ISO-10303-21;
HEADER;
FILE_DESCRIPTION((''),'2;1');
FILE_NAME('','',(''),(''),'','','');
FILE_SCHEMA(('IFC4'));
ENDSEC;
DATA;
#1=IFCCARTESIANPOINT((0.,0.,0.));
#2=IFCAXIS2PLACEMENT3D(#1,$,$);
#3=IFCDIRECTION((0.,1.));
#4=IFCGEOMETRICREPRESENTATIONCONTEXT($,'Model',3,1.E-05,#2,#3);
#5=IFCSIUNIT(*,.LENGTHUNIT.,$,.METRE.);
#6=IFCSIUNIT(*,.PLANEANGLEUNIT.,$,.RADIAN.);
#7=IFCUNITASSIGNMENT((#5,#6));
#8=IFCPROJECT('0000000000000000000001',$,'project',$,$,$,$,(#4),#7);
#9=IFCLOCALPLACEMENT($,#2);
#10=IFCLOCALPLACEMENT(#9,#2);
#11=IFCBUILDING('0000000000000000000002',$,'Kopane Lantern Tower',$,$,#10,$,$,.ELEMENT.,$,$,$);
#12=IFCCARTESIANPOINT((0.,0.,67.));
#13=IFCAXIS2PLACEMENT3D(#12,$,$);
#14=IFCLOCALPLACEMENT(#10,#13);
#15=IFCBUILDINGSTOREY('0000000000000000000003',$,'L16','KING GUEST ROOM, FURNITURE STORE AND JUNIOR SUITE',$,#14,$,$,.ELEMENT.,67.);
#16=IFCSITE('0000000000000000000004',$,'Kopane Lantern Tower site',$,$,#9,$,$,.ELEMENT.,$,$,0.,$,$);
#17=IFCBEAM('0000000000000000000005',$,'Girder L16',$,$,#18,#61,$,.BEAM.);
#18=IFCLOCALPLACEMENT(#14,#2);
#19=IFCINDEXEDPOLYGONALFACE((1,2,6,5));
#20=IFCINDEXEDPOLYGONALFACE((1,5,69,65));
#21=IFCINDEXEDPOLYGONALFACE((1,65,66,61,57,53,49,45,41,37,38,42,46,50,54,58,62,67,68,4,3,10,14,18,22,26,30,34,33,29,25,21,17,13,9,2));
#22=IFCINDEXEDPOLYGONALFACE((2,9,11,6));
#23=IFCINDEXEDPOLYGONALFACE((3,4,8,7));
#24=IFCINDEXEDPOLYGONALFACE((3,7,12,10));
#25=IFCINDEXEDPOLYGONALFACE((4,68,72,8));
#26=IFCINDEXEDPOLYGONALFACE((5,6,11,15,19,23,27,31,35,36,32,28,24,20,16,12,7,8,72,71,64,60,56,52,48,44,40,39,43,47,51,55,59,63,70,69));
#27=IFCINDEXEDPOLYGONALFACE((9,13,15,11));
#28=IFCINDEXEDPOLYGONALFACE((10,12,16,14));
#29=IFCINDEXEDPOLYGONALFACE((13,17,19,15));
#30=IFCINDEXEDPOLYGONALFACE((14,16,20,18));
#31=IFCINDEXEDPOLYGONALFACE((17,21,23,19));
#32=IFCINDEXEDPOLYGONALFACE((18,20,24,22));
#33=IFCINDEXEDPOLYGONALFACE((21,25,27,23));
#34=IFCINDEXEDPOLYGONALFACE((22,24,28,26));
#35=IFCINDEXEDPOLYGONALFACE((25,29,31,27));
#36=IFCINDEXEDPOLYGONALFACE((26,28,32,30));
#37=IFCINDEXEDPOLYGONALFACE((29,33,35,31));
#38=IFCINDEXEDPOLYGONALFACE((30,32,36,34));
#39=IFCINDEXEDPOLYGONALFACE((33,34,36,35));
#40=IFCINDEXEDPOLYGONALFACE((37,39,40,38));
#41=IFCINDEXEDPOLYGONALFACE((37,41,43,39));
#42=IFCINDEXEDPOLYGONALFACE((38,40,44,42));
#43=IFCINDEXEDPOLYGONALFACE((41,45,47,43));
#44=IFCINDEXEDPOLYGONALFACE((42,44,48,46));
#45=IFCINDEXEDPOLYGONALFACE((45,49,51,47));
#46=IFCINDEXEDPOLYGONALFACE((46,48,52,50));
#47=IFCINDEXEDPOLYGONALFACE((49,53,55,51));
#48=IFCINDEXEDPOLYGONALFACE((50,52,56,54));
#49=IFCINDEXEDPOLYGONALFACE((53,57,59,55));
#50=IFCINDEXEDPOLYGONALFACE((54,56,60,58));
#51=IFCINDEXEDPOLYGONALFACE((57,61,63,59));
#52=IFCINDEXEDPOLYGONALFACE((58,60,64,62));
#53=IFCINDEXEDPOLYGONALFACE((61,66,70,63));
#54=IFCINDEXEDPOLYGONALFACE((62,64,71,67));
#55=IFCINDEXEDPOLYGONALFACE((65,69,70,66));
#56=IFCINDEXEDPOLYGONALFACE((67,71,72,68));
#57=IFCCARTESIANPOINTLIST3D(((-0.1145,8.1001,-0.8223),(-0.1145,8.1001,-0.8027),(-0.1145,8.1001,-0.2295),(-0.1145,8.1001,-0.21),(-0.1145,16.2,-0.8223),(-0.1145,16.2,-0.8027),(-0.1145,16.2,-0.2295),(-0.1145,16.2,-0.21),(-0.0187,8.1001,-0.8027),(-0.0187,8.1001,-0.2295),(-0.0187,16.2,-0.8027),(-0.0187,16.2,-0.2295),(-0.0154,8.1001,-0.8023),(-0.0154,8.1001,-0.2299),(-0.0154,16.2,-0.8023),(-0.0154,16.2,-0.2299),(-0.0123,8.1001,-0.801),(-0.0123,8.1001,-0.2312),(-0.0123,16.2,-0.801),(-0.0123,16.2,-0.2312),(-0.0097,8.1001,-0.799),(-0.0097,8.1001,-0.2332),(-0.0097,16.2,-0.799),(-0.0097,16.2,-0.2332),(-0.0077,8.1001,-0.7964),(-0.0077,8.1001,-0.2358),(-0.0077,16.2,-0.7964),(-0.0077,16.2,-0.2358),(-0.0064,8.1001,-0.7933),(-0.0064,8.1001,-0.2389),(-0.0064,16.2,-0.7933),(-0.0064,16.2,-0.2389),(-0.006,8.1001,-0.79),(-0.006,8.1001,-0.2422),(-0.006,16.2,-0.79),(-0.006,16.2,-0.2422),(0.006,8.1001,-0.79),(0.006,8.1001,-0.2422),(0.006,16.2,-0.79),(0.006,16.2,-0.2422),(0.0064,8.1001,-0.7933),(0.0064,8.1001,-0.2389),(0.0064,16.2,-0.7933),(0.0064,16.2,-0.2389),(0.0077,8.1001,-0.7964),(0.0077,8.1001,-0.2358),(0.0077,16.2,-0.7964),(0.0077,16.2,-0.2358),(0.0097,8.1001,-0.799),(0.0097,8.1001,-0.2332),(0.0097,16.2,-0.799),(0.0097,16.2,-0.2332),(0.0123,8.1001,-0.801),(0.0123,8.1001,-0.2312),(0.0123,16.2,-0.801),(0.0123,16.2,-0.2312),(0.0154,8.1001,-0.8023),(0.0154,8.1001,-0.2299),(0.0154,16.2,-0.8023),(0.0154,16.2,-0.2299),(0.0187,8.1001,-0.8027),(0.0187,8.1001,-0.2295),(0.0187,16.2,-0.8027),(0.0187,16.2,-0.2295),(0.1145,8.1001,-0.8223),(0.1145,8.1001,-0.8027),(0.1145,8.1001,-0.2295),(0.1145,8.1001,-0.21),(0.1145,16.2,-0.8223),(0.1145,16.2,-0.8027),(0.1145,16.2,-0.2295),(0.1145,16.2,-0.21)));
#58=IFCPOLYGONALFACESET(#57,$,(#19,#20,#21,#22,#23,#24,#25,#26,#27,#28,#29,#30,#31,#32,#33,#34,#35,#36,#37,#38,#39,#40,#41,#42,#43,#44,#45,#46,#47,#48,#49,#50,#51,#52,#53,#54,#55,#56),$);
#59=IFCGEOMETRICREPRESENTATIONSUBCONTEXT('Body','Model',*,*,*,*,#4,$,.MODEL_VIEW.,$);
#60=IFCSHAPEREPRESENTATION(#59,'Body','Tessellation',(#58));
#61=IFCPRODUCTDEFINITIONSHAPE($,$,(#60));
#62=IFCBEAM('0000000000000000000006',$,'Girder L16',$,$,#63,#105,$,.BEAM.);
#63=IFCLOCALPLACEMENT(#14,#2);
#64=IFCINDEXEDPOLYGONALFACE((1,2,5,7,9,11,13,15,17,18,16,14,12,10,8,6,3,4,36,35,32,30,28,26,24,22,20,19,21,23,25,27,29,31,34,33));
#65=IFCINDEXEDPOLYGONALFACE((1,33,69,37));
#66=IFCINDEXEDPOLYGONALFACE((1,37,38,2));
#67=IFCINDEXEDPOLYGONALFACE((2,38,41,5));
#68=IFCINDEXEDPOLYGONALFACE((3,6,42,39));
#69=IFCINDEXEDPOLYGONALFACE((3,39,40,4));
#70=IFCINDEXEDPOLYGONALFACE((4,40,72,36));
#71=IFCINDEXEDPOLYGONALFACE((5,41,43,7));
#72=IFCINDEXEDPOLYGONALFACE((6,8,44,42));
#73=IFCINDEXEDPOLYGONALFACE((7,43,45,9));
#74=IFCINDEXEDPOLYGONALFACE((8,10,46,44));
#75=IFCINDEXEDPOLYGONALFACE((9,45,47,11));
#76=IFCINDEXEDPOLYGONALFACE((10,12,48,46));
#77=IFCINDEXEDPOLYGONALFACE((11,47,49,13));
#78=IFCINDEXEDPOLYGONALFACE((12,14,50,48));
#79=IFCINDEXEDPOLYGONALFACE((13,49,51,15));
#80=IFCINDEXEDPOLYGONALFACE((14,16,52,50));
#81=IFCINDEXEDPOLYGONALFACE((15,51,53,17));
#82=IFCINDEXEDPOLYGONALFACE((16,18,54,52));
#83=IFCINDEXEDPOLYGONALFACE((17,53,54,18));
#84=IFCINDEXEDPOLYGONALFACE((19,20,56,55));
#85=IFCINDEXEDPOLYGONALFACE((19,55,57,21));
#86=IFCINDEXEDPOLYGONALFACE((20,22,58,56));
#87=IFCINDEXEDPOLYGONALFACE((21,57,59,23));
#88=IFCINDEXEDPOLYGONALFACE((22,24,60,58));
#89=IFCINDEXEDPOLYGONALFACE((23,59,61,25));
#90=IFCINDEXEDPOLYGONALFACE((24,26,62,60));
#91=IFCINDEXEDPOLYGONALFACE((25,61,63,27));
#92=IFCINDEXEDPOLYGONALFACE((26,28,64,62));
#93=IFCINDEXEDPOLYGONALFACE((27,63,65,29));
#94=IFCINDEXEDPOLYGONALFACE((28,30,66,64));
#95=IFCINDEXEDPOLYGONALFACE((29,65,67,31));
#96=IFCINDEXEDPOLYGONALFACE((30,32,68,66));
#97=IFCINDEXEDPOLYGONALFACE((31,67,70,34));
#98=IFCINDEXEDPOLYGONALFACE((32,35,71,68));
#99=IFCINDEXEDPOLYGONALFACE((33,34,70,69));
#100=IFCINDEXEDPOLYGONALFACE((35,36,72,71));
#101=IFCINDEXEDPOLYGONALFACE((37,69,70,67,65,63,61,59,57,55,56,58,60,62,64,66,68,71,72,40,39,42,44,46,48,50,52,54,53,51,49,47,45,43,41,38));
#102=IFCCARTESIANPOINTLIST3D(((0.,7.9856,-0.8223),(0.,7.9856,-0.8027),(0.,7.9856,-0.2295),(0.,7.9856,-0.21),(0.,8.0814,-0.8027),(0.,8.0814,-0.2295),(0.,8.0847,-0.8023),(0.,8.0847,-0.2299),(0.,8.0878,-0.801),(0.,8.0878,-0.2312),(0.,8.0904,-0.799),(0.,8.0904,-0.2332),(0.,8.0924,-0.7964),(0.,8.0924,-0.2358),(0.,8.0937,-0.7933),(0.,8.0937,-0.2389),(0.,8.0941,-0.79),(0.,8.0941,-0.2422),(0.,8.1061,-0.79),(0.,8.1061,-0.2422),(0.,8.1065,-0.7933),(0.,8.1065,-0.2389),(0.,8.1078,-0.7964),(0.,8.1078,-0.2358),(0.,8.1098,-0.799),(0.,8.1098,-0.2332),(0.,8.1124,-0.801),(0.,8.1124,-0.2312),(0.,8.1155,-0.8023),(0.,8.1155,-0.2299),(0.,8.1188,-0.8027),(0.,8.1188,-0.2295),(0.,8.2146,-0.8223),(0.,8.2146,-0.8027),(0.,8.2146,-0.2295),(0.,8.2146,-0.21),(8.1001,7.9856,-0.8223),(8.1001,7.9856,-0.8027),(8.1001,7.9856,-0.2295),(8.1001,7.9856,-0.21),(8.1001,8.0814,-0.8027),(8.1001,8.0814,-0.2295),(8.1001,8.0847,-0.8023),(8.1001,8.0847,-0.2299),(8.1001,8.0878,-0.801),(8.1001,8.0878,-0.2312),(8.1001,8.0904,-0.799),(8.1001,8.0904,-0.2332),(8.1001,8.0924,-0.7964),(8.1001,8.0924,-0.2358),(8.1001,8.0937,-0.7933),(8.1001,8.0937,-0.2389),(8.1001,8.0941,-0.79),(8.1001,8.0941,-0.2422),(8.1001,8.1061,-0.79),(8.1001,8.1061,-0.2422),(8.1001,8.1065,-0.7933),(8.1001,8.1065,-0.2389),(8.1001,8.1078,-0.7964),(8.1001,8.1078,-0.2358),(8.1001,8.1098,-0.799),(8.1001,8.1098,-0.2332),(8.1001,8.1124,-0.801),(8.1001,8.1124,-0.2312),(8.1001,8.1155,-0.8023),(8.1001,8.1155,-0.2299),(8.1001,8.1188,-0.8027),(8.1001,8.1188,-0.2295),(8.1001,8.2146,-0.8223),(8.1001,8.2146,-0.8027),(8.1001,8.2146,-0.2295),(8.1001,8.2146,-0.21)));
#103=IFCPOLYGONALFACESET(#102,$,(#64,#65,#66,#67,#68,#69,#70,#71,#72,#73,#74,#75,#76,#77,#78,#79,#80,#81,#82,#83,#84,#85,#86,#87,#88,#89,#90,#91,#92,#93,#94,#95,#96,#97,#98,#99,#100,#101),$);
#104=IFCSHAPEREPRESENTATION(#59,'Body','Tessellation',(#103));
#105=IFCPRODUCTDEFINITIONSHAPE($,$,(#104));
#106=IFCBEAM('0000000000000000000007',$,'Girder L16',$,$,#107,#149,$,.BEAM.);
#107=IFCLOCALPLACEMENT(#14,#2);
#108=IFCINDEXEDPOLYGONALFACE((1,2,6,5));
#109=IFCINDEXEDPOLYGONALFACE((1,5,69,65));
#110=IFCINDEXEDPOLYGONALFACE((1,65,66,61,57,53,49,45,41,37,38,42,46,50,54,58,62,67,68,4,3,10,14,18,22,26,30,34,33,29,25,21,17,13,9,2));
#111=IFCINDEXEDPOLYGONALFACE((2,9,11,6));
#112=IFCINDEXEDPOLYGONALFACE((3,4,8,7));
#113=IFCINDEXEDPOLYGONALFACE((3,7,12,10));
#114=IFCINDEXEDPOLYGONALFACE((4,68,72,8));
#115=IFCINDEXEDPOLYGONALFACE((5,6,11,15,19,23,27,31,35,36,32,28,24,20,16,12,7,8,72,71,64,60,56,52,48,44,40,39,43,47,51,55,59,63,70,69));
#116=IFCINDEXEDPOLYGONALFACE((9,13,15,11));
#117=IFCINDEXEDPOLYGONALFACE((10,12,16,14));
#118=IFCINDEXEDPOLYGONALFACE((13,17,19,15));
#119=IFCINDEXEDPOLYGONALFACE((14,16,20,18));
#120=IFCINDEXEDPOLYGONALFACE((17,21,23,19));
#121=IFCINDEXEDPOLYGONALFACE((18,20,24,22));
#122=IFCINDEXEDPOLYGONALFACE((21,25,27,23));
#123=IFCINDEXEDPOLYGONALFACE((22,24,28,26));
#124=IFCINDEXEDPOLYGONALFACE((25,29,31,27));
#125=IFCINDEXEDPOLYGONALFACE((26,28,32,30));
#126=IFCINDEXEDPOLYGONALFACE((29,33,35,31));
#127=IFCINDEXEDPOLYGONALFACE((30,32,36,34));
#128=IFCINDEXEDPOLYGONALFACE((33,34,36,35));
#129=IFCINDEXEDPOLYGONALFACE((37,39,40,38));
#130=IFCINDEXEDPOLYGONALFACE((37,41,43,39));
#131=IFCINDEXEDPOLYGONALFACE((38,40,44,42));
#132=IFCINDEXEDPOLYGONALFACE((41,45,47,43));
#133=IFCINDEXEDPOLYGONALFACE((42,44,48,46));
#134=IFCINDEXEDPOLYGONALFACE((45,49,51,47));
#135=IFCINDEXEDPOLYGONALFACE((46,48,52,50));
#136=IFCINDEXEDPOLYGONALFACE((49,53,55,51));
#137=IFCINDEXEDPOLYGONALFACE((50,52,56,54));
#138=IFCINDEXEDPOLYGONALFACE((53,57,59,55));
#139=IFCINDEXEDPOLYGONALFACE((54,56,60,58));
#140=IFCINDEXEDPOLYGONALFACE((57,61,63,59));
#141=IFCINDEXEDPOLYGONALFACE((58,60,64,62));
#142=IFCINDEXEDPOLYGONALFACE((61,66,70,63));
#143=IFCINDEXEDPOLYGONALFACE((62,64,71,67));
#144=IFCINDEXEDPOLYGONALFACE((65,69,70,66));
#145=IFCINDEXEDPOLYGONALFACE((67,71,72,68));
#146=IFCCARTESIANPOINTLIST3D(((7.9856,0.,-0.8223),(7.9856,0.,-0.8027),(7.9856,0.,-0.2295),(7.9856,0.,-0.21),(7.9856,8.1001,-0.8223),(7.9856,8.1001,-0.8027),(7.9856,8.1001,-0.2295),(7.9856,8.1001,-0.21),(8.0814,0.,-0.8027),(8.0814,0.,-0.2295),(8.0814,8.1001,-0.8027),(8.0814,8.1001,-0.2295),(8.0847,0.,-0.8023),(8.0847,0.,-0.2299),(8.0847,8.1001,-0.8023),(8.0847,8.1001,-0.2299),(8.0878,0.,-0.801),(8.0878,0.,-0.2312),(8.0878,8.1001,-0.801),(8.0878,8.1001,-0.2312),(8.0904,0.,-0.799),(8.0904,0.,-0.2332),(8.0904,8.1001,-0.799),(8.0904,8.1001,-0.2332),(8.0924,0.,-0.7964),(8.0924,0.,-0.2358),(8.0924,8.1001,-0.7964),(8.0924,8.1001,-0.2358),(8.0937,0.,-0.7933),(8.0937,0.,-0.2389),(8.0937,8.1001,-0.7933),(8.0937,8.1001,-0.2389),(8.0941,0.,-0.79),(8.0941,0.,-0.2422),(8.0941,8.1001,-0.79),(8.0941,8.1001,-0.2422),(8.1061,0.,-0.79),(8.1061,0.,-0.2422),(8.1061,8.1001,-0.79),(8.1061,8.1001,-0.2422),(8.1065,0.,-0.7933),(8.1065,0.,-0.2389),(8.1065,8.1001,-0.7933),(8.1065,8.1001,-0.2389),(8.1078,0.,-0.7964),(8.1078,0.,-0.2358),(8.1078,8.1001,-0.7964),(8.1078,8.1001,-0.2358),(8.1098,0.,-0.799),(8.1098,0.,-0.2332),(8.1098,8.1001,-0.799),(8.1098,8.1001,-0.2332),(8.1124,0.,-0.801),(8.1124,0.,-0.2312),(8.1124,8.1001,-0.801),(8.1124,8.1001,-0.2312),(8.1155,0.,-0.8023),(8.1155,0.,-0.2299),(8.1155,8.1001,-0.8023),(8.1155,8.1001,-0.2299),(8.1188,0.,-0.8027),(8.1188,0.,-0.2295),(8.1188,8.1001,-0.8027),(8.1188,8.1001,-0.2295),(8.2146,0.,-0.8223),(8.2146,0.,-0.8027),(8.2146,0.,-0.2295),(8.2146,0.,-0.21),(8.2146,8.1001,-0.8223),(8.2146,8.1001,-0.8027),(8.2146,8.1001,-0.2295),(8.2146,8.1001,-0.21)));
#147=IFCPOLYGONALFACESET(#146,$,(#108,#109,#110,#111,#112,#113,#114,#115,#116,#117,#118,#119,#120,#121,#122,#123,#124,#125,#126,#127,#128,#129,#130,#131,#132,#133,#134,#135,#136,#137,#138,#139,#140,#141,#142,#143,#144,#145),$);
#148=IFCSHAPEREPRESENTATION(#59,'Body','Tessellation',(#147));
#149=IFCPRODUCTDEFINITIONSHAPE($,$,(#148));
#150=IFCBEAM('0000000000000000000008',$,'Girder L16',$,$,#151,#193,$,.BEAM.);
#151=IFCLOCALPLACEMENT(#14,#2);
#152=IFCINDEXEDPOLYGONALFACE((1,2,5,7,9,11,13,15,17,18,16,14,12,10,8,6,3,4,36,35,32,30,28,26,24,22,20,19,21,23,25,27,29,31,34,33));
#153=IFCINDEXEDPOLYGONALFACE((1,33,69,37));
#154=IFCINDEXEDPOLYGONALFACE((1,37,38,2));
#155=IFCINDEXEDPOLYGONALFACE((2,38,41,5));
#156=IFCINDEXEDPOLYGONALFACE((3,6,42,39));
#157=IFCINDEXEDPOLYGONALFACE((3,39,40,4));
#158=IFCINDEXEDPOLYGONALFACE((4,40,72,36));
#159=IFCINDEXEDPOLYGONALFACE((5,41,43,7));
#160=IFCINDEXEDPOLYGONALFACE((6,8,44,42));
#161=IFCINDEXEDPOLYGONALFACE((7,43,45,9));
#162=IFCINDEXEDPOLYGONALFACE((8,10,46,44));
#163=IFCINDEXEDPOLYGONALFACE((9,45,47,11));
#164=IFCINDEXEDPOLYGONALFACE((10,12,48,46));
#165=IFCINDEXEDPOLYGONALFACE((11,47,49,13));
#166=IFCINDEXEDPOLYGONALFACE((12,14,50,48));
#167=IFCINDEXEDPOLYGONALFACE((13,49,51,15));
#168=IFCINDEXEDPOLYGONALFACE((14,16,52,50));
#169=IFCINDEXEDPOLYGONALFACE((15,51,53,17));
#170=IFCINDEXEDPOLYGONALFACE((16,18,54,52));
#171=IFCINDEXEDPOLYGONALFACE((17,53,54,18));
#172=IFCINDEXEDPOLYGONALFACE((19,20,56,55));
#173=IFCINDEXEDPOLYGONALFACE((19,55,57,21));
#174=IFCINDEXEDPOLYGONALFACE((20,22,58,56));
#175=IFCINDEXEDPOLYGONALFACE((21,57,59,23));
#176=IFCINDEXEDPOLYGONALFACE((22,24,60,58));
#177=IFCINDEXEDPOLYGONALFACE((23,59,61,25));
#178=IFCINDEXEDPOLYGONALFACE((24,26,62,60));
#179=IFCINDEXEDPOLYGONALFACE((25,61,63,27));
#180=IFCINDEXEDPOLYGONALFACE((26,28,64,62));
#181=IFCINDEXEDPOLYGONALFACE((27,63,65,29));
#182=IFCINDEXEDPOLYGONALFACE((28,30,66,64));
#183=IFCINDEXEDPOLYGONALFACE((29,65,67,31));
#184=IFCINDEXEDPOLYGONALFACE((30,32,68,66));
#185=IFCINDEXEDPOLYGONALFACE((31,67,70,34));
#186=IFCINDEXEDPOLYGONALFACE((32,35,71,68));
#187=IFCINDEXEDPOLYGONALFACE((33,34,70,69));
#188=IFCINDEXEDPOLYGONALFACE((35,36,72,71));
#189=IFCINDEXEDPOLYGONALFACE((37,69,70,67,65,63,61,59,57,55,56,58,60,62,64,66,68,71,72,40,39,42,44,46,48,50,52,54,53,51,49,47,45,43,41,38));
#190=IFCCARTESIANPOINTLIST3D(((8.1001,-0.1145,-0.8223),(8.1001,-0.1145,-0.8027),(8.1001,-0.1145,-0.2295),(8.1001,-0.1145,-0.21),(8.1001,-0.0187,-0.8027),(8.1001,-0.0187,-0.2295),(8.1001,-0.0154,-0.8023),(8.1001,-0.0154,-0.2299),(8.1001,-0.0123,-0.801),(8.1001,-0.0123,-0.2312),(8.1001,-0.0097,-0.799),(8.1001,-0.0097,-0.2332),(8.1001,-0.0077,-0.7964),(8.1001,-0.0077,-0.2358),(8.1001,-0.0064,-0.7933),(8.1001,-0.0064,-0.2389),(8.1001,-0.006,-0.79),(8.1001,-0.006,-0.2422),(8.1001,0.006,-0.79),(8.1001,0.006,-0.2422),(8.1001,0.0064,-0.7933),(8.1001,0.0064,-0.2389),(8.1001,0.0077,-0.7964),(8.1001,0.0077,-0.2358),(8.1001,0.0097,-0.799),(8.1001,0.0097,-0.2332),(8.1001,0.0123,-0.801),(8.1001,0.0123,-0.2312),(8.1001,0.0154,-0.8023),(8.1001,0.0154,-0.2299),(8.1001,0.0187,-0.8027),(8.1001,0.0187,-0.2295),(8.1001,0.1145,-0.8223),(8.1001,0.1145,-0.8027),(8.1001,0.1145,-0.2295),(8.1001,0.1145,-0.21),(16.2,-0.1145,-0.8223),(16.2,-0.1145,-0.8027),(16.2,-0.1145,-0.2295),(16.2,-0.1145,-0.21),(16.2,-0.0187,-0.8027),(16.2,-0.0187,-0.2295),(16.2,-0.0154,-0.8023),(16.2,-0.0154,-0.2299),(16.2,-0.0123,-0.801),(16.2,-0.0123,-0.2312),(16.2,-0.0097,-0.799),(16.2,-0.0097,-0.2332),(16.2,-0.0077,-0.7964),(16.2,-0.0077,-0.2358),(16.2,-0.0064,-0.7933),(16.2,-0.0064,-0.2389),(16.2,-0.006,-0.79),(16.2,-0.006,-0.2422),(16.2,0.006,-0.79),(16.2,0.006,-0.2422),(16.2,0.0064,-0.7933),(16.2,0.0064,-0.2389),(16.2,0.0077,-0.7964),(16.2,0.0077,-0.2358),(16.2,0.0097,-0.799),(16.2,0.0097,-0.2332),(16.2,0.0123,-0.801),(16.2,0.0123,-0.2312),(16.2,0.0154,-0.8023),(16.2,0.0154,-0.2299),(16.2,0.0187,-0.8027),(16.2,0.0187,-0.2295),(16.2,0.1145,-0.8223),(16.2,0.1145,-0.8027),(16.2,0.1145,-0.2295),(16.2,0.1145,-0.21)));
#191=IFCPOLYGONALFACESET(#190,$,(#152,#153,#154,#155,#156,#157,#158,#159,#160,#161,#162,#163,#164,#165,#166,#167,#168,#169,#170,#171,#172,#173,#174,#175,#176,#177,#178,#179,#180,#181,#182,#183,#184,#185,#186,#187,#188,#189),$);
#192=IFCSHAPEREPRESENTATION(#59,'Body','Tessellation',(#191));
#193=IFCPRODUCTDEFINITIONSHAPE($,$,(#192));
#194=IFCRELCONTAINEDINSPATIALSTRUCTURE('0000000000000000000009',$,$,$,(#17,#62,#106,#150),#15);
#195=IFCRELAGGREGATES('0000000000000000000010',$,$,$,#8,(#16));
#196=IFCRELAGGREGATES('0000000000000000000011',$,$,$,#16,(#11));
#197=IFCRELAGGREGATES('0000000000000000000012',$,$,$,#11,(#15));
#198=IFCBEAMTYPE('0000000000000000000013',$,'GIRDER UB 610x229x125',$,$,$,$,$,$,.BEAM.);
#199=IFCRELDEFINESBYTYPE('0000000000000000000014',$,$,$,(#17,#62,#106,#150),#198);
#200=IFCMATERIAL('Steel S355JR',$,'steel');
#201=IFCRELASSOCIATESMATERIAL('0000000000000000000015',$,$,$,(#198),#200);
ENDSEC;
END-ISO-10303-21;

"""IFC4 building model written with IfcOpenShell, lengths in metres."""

from ifc_helpers import new_model, si_unit, direction, frame, origin, origin_2d, place, context, subcontext, project, spatial, i_section, extrude, material, material_profile, profile_set, type_object, element, save


model = new_model("IFC4")

# Units and contexts
model_context = context("Model", 3, precision=1e-05, world=origin(), true_north=direction((0.0, 1.0)))
body_context = subcontext(model_context, "Body", "Model", "MODEL_VIEW")
ifc_project = project(units=[si_unit("LENGTHUNIT", "METRE"), si_unit("PLANEANGLEUNIT", "RADIAN")], contexts=[model_context])

# Site, building, storey
site_placement = place(None, origin())
site = spatial("IfcSite", under=ifc_project, at=site_placement, Name="Kopane Lantern Tower site", CompositionType="ELEMENT", RefElevation=0.0)
building_placement = place(site_placement, origin())
building = spatial("IfcBuilding", under=site, at=building_placement, Name="Kopane Lantern Tower", CompositionType="ELEMENT")
storey_placement = place(building_placement, frame((0.0, 0.0, 67.0)))
storey = spatial("IfcBuildingStorey", under=building, at=storey_placement, Name="L16", Description="KING GUEST ROOM, FURNITURE STORE AND JUNIOR SUITE", CompositionType="ELEMENT", Elevation=67.0)

# Beams
ifc_material_1 = material(Name="Steel S355JR", Category="steel")
ifc_material_profile_1 = material_profile(ifc_material_1, i_section(OverallWidth=0.229, OverallDepth=0.6123, WebThickness=0.012, FlangeThickness=0.0195, FilletRadius=0.0127, at=origin_2d()), Name="UB 610x229x125")
ifc_profile_set_1 = profile_set([ifc_material_profile_1], Name="Steel S355JR")
beam_type_1 = type_object("IfcBeamType", Name="GIRDER UB 610x229x125", PredefinedType="BEAM", material=ifc_profile_set_1)
beam_1_placement = place(storey_placement, frame((0.0, 8.1001, -0.5161), z_axis=(0.0, 1.0, 0.0), x_axis=(-1.0, 0.0, 0.0)))
element("IfcBeam", 1, at=beam_1_placement, inside=storey, type_object=beam_type_1, Name="Girder L16", PredefinedType="BEAM", context=body_context, shape_type="SweptSolid", body=[
    extrude(i_section(OverallWidth=0.229, OverallDepth=0.6123, WebThickness=0.012, FlangeThickness=0.0195, FilletRadius=0.0127, at=origin_2d()), origin(), (0.0, 0.0, 1.0), 8.0999),
])
for number, where, z_axis, x_axis, name in (
    (2, (0.0, 8.1001, -0.5161), (1.0, 0.0, 0.0), (0.0, 1.0, 0.0), "Girder L16"),
    (3, (8.1001, 0.0, -0.5161), (0.0, 1.0, 0.0), (-1.0, 0.0, 0.0), "Girder L16"),
):
    element("IfcBeam", number, at=place(storey_placement, frame(where, z_axis=z_axis, x_axis=x_axis)), inside=storey, type_object=beam_type_1, Name=name, PredefinedType="BEAM", context=body_context, shape_type="SweptSolid", body=[
        extrude(i_section(OverallWidth=0.229, OverallDepth=0.6123, WebThickness=0.012, FlangeThickness=0.0195, FilletRadius=0.0127, at=origin_2d()), origin(), (0.0, 0.0, 1.0), 8.1001),
    ])
for number, where, z_axis, x_axis, name in (
    (4, (8.1001, 0.0, -0.5161), (1.0, 0.0, 0.0), (0.0, 1.0, 0.0), "Girder L16"),
):
    element("IfcBeam", number, at=place(storey_placement, frame(where, z_axis=z_axis, x_axis=x_axis)), inside=storey, type_object=beam_type_1, Name=name, PredefinedType="BEAM", context=body_context, shape_type="SweptSolid", body=[
        extrude(i_section(OverallWidth=0.229, OverallDepth=0.6123, WebThickness=0.012, FlangeThickness=0.0195, FilletRadius=0.0127, at=origin_2d()), origin(), (0.0, 0.0, 1.0), 8.0999),
    ])

save(model, "model.ifc")
